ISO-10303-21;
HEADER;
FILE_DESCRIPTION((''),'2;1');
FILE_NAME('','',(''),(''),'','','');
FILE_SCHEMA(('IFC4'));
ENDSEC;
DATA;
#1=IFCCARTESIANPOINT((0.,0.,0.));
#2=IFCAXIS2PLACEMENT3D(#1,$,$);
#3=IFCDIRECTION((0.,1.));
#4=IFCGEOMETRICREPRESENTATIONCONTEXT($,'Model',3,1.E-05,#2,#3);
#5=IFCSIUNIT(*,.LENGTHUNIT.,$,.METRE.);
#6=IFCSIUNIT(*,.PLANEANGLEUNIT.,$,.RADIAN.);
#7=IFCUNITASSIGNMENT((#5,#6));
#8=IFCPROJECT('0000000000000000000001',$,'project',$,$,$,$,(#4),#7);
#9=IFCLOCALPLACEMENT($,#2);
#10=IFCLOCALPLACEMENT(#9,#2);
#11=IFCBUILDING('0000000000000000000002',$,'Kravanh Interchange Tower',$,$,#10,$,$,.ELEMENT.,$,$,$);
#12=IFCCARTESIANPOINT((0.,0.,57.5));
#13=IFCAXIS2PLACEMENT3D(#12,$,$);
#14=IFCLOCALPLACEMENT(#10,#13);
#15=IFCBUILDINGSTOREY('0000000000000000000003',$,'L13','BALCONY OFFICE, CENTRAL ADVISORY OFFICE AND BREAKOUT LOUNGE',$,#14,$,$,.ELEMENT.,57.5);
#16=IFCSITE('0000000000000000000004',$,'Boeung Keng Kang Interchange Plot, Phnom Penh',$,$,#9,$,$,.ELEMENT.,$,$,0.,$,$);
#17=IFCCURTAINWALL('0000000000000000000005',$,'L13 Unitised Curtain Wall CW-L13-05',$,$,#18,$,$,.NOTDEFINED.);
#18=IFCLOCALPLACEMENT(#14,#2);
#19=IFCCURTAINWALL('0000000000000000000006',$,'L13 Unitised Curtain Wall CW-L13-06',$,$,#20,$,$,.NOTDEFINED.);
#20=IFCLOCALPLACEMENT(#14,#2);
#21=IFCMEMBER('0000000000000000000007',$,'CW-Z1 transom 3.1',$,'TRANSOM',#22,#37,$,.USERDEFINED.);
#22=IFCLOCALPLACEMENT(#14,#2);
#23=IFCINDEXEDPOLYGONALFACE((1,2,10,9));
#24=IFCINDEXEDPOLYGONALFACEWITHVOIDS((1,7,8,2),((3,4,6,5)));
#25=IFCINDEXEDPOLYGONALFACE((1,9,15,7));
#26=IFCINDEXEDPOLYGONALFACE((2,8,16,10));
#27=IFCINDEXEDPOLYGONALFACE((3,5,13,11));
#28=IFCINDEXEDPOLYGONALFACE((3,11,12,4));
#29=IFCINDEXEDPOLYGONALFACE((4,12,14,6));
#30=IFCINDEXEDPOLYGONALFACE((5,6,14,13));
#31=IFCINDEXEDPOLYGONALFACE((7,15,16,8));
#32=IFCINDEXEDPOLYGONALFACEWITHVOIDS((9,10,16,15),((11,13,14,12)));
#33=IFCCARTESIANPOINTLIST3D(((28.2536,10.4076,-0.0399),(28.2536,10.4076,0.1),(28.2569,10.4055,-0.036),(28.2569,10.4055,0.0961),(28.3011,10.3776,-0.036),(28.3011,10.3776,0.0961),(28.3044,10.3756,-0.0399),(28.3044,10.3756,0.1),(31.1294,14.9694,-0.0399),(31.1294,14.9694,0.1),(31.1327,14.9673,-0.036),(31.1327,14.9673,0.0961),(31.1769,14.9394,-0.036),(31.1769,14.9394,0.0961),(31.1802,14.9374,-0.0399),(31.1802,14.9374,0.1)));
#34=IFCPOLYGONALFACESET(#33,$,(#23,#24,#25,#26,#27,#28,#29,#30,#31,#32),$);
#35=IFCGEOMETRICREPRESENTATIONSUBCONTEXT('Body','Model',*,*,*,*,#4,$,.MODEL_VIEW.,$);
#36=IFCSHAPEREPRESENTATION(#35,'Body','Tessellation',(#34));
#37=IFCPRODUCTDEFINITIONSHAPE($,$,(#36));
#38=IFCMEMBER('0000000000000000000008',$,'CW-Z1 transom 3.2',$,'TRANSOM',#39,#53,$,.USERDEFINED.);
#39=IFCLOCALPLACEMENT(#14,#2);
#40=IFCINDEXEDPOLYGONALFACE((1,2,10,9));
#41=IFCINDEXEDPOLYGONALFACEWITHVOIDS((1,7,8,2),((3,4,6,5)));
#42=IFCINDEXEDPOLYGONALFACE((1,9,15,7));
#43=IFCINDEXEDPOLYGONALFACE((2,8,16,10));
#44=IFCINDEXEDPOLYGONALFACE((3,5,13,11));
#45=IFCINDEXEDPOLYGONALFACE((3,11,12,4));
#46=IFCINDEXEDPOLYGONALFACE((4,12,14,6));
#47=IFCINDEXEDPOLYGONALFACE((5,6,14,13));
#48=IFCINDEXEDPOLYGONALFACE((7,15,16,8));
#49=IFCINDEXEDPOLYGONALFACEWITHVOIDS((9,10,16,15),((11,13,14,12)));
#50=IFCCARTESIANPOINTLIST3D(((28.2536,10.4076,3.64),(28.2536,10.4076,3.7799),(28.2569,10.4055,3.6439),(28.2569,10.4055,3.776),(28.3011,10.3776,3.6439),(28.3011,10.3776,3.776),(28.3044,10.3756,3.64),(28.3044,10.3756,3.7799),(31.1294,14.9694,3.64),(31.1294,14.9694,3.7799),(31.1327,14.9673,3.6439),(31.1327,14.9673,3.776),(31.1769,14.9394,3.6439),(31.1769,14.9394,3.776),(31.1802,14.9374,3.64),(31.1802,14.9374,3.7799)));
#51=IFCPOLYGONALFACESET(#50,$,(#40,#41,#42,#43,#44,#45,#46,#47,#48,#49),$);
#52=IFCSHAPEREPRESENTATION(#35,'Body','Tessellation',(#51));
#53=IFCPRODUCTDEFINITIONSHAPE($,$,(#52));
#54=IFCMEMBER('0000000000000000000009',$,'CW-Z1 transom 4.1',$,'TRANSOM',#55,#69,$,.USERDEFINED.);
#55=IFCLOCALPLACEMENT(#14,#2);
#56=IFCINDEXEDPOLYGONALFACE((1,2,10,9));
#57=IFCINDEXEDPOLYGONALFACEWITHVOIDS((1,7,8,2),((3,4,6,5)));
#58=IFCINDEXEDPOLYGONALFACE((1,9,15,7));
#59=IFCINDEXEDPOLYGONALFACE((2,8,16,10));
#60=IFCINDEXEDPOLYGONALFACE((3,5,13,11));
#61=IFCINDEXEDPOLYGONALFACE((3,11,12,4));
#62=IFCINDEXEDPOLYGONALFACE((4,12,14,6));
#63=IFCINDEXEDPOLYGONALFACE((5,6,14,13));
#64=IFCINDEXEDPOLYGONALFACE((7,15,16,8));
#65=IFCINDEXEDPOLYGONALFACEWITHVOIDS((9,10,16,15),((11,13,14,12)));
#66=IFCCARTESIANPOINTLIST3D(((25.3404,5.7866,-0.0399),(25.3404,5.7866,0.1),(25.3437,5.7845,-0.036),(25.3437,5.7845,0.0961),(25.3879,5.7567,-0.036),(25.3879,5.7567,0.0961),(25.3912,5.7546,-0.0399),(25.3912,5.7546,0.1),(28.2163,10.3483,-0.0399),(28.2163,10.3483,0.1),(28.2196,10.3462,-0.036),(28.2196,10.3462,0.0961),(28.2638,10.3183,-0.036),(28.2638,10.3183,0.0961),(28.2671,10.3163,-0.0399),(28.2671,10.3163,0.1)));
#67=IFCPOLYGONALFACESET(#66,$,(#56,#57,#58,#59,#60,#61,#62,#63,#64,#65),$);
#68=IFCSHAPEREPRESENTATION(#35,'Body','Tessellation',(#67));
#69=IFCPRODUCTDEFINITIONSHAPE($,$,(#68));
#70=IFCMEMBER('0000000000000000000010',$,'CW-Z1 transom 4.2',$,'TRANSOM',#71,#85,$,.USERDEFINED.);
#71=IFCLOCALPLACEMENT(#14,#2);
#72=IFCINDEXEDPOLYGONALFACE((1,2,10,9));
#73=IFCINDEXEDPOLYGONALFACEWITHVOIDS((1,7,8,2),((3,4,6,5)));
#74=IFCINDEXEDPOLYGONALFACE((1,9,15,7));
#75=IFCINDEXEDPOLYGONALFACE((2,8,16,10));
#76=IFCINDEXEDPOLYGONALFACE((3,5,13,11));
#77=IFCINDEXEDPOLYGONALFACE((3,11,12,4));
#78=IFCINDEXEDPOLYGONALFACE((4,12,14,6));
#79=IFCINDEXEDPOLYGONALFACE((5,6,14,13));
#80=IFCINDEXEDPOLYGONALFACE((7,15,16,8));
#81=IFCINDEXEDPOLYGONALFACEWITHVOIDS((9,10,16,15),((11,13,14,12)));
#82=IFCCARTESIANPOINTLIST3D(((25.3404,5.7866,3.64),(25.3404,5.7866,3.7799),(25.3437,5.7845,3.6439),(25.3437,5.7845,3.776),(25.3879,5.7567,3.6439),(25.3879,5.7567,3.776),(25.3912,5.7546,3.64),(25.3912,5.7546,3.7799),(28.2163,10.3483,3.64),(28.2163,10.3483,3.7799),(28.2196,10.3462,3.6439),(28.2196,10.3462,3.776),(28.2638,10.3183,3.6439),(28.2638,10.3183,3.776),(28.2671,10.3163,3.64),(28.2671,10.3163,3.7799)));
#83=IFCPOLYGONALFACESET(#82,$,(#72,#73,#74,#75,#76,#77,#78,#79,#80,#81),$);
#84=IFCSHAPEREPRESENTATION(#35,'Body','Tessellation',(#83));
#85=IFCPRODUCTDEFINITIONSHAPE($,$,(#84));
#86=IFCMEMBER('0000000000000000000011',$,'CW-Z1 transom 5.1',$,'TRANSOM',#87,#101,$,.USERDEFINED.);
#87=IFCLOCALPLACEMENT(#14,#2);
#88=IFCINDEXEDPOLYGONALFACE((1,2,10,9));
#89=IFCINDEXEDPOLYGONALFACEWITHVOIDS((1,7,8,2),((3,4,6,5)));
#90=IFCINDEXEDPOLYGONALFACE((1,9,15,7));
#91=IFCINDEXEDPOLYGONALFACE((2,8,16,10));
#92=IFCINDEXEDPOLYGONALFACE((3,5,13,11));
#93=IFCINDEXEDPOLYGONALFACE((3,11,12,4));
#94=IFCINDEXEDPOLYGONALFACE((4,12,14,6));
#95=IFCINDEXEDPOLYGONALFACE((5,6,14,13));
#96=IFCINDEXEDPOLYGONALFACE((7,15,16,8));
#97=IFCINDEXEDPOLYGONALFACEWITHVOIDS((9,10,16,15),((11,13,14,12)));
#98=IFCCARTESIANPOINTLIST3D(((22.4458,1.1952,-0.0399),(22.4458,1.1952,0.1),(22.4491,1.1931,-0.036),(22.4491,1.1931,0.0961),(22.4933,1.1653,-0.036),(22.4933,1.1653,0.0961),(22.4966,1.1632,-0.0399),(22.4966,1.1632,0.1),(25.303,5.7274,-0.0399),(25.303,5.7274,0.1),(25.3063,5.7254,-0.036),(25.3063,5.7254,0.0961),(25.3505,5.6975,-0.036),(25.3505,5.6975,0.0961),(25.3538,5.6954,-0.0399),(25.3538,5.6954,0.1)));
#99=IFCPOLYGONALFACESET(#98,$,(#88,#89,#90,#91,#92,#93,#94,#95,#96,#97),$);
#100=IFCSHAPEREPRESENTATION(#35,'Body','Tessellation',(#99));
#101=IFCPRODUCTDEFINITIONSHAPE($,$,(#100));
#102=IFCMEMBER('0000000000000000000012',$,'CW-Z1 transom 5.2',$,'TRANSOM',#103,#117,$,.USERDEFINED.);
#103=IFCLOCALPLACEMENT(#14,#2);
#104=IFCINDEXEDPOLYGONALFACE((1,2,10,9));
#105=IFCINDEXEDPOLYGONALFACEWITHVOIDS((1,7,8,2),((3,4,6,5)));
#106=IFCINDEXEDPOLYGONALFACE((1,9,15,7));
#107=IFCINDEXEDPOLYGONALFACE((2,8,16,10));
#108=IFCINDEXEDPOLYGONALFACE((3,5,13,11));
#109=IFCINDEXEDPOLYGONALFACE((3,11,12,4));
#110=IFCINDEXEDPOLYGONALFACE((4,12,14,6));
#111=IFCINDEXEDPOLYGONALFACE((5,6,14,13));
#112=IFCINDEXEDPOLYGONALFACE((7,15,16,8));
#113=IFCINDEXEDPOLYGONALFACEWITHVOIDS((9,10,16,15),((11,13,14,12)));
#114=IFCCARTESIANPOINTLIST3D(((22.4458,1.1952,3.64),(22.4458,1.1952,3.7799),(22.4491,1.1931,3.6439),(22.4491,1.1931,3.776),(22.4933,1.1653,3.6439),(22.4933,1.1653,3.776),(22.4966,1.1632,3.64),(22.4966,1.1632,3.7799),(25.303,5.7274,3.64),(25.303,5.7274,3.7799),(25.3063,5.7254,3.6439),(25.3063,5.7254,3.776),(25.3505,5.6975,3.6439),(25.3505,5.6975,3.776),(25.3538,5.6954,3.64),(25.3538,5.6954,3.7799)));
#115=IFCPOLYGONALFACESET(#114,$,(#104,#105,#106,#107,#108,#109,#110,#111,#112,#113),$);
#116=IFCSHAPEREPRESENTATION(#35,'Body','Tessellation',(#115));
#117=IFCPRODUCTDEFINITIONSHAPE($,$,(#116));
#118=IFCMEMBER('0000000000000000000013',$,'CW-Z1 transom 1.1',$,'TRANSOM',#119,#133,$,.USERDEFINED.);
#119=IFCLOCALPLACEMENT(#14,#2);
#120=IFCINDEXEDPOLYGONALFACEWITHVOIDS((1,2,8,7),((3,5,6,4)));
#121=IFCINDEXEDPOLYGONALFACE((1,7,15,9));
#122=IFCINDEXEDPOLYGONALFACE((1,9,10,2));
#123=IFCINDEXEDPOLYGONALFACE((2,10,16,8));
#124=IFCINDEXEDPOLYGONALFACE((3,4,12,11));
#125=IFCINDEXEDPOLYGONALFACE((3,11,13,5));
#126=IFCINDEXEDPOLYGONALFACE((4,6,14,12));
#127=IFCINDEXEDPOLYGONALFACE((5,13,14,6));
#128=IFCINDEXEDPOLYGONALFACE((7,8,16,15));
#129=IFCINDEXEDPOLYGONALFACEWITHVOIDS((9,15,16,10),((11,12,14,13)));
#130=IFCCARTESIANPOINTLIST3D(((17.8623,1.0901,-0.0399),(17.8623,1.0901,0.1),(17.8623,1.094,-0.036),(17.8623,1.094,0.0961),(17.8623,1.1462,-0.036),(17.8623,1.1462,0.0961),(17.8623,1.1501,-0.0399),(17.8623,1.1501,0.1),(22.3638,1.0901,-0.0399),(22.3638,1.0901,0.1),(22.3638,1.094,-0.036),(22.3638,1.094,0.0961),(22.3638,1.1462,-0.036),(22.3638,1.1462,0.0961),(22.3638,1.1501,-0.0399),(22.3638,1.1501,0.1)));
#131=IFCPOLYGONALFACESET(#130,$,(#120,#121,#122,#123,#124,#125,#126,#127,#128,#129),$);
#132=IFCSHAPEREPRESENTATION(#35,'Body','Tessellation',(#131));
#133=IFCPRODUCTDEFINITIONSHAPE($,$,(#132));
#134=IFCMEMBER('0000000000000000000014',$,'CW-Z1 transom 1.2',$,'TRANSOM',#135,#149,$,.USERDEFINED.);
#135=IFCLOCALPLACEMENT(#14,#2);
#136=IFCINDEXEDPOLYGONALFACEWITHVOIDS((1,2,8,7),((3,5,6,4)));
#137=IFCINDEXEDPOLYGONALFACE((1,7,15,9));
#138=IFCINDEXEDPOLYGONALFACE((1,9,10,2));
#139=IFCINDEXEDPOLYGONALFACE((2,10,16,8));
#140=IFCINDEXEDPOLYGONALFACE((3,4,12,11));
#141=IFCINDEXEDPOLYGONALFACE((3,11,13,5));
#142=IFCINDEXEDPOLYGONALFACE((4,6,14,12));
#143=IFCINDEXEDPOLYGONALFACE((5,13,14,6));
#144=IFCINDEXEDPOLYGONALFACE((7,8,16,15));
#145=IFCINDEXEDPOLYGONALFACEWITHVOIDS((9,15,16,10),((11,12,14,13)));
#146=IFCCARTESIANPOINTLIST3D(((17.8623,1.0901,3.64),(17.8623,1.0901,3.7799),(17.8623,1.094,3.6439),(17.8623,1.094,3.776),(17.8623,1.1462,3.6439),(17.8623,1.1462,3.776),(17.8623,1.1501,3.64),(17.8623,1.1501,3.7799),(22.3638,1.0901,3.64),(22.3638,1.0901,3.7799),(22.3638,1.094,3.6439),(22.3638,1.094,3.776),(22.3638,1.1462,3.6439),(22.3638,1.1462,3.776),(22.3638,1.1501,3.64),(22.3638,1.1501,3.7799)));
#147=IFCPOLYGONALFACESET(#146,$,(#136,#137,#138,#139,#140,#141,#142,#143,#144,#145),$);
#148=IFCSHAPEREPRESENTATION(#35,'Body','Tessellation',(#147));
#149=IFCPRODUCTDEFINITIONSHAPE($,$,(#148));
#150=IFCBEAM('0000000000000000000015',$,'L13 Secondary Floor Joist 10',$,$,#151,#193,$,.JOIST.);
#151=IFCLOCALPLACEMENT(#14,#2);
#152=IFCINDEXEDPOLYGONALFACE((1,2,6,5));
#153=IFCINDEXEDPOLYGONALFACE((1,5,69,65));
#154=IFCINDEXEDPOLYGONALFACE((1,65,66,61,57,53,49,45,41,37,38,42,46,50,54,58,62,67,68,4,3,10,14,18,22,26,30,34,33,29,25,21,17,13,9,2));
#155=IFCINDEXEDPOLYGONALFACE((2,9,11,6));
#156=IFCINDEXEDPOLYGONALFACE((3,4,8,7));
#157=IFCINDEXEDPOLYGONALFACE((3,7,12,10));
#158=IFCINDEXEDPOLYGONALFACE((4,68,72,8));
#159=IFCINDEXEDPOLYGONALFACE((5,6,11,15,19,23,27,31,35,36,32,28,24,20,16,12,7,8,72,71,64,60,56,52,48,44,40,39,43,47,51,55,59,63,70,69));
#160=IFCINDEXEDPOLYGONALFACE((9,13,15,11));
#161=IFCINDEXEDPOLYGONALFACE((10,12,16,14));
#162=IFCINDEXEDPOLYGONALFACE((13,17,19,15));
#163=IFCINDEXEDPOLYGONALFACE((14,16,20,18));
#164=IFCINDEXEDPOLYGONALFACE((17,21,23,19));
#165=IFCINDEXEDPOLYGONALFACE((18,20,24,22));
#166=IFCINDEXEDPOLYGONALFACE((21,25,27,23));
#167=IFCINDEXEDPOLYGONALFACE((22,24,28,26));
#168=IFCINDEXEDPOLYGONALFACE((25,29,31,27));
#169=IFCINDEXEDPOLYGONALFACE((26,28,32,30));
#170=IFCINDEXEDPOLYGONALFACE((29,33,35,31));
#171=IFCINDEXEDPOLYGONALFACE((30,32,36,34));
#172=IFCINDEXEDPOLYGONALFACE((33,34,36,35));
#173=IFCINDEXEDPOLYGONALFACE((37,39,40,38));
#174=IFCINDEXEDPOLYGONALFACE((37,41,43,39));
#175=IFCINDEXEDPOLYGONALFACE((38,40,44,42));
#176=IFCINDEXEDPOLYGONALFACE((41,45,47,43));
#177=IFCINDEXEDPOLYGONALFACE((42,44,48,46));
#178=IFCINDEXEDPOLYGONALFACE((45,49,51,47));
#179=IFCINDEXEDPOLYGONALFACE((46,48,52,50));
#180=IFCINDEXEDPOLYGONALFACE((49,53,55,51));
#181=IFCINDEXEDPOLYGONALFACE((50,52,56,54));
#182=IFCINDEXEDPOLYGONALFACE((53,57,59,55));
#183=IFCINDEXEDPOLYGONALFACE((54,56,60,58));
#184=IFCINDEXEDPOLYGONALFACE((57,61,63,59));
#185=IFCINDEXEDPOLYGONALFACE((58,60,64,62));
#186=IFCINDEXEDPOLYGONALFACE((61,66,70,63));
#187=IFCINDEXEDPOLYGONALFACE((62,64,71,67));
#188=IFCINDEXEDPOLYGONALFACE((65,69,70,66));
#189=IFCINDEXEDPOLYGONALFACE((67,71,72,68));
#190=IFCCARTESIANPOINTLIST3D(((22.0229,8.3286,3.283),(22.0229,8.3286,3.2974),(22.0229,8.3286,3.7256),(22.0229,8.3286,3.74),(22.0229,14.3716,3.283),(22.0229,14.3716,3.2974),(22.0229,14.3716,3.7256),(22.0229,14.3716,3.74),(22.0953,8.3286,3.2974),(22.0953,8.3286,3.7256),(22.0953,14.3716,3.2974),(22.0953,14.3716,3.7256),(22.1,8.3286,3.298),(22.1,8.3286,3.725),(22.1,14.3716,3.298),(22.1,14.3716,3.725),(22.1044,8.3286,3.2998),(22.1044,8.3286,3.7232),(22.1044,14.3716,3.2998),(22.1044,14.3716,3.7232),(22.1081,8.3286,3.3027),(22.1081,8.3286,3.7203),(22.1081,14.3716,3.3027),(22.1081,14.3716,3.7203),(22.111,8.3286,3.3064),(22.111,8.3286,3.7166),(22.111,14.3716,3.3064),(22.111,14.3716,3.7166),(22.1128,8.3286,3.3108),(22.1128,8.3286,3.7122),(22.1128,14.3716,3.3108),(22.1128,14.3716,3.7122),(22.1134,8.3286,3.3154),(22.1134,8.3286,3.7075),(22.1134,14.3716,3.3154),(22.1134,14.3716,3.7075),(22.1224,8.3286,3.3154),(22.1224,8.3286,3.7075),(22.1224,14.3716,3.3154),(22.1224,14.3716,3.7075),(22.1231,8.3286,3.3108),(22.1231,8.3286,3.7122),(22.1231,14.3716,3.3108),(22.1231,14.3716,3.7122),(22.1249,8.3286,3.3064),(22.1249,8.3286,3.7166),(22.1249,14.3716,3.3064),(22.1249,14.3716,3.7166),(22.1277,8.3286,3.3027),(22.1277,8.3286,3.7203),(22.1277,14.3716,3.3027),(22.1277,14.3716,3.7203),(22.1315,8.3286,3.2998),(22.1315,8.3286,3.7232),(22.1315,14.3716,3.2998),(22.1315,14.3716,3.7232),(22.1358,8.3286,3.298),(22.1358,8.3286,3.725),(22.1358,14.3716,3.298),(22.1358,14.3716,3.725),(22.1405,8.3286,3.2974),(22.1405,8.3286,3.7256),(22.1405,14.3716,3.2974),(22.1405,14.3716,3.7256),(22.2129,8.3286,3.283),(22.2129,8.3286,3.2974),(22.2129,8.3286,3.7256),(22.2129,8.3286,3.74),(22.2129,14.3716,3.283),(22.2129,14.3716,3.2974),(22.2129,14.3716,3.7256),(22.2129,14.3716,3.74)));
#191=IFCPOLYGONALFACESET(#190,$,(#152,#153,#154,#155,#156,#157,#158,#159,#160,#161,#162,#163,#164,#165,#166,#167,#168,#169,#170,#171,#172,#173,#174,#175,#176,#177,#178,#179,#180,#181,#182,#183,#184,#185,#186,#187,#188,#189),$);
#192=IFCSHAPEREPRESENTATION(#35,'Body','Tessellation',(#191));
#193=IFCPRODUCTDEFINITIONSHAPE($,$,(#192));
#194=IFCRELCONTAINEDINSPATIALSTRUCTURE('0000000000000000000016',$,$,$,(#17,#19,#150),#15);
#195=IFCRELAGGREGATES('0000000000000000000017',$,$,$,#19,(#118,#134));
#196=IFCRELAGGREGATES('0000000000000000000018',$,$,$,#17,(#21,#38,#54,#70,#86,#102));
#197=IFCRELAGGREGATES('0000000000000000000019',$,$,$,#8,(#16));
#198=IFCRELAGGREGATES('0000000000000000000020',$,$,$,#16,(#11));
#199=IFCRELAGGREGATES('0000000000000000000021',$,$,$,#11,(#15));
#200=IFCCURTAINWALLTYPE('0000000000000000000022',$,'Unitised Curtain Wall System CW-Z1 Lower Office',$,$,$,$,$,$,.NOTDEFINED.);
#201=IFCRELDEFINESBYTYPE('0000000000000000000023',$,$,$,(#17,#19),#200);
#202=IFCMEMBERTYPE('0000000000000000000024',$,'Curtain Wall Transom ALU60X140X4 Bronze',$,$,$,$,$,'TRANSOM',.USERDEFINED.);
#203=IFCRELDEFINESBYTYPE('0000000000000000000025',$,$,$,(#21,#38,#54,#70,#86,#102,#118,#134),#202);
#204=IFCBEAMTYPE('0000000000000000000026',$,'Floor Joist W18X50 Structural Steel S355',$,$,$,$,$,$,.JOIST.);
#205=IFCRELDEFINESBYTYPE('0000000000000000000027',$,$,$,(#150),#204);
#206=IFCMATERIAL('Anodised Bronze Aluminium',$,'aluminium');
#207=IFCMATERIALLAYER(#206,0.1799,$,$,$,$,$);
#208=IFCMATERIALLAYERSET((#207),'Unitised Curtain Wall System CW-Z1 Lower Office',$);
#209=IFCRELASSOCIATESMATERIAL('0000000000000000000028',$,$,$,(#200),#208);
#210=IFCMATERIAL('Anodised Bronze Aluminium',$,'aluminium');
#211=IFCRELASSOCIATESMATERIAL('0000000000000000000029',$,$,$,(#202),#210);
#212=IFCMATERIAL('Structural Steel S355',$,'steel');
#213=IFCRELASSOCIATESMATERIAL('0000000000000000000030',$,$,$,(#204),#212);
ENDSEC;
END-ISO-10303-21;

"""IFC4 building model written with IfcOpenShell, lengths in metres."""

from ifc_helpers import new_model, si_unit, direction, frame, origin, origin_2d, place, context, subcontext, project, spatial, hollow_rectangle, i_section, extrude, material, layer, layer_set, material_profile, profile_set, type_object, element, aggregate, save


model = new_model("IFC4")

# Units and contexts
model_context = context("Model", 3, precision=1e-05, world=origin(), true_north=direction((0.0, 1.0)))
body_context = subcontext(model_context, "Body", "Model", "MODEL_VIEW")
ifc_project = project(units=[si_unit("LENGTHUNIT", "METRE"), si_unit("PLANEANGLEUNIT", "RADIAN")], contexts=[model_context])

# Site, building, storey
site_placement = place(None, origin())
site = spatial("IfcSite", under=ifc_project, at=site_placement, Name="Boeung Keng Kang Interchange Plot, Phnom Penh", CompositionType="ELEMENT", RefElevation=0.0)
building_placement = place(site_placement, origin())
building = spatial("IfcBuilding", under=site, at=building_placement, Name="Kravanh Interchange Tower", CompositionType="ELEMENT")
storey_placement = place(building_placement, frame((0.0, 0.0, 57.5)))
storey = spatial("IfcBuildingStorey", under=building, at=storey_placement, Name="L13", Description="BALCONY OFFICE, CENTRAL ADVISORY OFFICE AND BREAKOUT LOUNGE", CompositionType="ELEMENT", Elevation=57.5)

# Curtain wall
ifc_material_1 = material(Name="Anodised Bronze Aluminium", Category="aluminium")
ifc_layer_1 = layer(ifc_material_1, 0.1799)
ifc_layer_set_1 = layer_set([ifc_layer_1], Name="Unitised Curtain Wall System CW-Z1 Lower Office")
curtain_wall_type = type_object("IfcCurtainWallType", Name="Unitised Curtain Wall System CW-Z1 Lower Office", PredefinedType="NOTDEFINED", material=ifc_layer_set_1)
curtain_wall_1_placement = place(storey_placement, origin())
curtain_wall_1 = element("IfcCurtainWall", 1, at=curtain_wall_1_placement, inside=storey, type_object=curtain_wall_type, Name="L13 Unitised Curtain Wall CW-L13-05", PredefinedType="NOTDEFINED")

# Curtain wall
curtain_wall_2_placement = place(storey_placement, origin())
curtain_wall_2 = element("IfcCurtainWall", 2, at=curtain_wall_2_placement, inside=storey, type_object=curtain_wall_type, Name="L13 Unitised Curtain Wall CW-L13-06", PredefinedType="NOTDEFINED")

# Members
ifc_material_2 = material(Name="Anodised Bronze Aluminium", Category="aluminium")
ifc_material_profile_1 = material_profile(ifc_material_2, hollow_rectangle(XDim=0.0601, YDim=0.1399, WallThickness=0.0039, at=origin_2d()), Name="ALU60X140X4")
ifc_profile_set_1 = profile_set([ifc_material_profile_1], Name="Anodised Bronze Aluminium")
member_type_1 = type_object("IfcMemberType", Name="Curtain Wall Transom ALU60X140X4 Bronze", ElementType="TRANSOM", PredefinedType="USERDEFINED", material=ifc_profile_set_1)
member_1_placement = place(storey_placement, frame((31.1548, 14.9534, 0.03), z_axis=(-0.533279, -0.845939, 0.0), x_axis=(0.845939, -0.533279, 0.0)))
member_1 = element("IfcMember", 3, at=member_1_placement, type_object=member_type_1, Name="CW-Z1 transom 3.1", ObjectType="TRANSOM", PredefinedType="USERDEFINED", context=body_context, shape_type="SweptSolid", body=[
    extrude(hollow_rectangle(XDim=0.0601, YDim=0.1399, WallThickness=0.0039, at=origin_2d()), origin(), (0.0, 0.0, 1.0), 5.3926),
])
member_2_placement = place(storey_placement, frame((31.1548, 14.9534, 3.71), z_axis=(-0.533279, -0.845939, 0.0), x_axis=(0.845939, -0.533279, 0.0)))
member_2 = element("IfcMember", 4, at=member_2_placement, type_object=member_type_1, Name="CW-Z1 transom 3.2", ObjectType="TRANSOM", PredefinedType="USERDEFINED", context=body_context, shape_type="SweptSolid", body=[
    extrude(hollow_rectangle(XDim=0.0601, YDim=0.1399, WallThickness=0.0039, at=origin_2d()), origin(), (0.0, 0.0, 1.0), 5.3926),
])
member_3_placement = place(storey_placement, frame((28.2417, 10.3323, 0.03), z_axis=(-0.533311, -0.845919, 0.0), x_axis=(0.845919, -0.533311, 0.0)))
member_3 = element("IfcMember", 5, at=member_3_placement, type_object=member_type_1, Name="CW-Z1 transom 4.1", ObjectType="TRANSOM", PredefinedType="USERDEFINED", context=body_context, shape_type="SweptSolid", body=[
    extrude(hollow_rectangle(XDim=0.0601, YDim=0.1399, WallThickness=0.0039, at=origin_2d()), origin(), (0.0, 0.0, 1.0), 5.3926),
])
member_4_placement = place(storey_placement, frame((28.2417, 10.3323, 3.71), z_axis=(-0.533311, -0.845919, 0.0), x_axis=(0.845919, -0.533311, 0.0)))
member_4 = element("IfcMember", 6, at=member_4_placement, type_object=member_type_1, Name="CW-Z1 transom 4.2", ObjectType="TRANSOM", PredefinedType="USERDEFINED", context=body_context, shape_type="SweptSolid", body=[
    extrude(hollow_rectangle(XDim=0.0601, YDim=0.1399, WallThickness=0.0039, at=origin_2d()), origin(), (0.0, 0.0, 1.0), 5.3926),
])
member_5_placement = place(storey_placement, frame((25.3284, 5.7114, 0.03), z_axis=(-0.533288, -0.845934, 0.0), x_axis=(0.845934, -0.533288, 0.0)))
member_5 = element("IfcMember", 7, at=member_5_placement, type_object=member_type_1, Name="CW-Z1 transom 5.1", ObjectType="TRANSOM", PredefinedType="USERDEFINED", context=body_context, shape_type="SweptSolid", body=[
    extrude(hollow_rectangle(XDim=0.0601, YDim=0.1399, WallThickness=0.0039, at=origin_2d()), origin(), (0.0, 0.0, 1.0), 5.3577),
])
member_6_placement = place(storey_placement, frame((25.3284, 5.7114, 3.71), z_axis=(-0.533288, -0.845934, 0.0), x_axis=(0.845934, -0.533288, 0.0)))
member_6 = element("IfcMember", 8, at=member_6_placement, type_object=member_type_1, Name="CW-Z1 transom 5.2", ObjectType="TRANSOM", PredefinedType="USERDEFINED", context=body_context, shape_type="SweptSolid", body=[
    extrude(hollow_rectangle(XDim=0.0601, YDim=0.1399, WallThickness=0.0039, at=origin_2d()), origin(), (0.0, 0.0, 1.0), 5.3577),
])
member_7_placement = place(storey_placement, frame((22.3638, 1.1201, 0.03), z_axis=(-1.0, 0.0, 0.0), x_axis=(0.0, -1.0, 0.0)))
member_7 = element("IfcMember", 9, at=member_7_placement, type_object=member_type_1, Name="CW-Z1 transom 1.1", ObjectType="TRANSOM", PredefinedType="USERDEFINED", context=body_context, shape_type="SweptSolid", body=[
    extrude(hollow_rectangle(XDim=0.0601, YDim=0.1399, WallThickness=0.0039, at=origin_2d()), origin(), (0.0, 0.0, 1.0), 4.5015),
])
member_8_placement = place(storey_placement, frame((22.3638, 1.1201, 3.71), z_axis=(-1.0, 0.0, 0.0), x_axis=(0.0, -1.0, 0.0)))
member_8 = element("IfcMember", 10, at=member_8_placement, type_object=member_type_1, Name="CW-Z1 transom 1.2", ObjectType="TRANSOM", PredefinedType="USERDEFINED", context=body_context, shape_type="SweptSolid", body=[
    extrude(hollow_rectangle(XDim=0.0601, YDim=0.1399, WallThickness=0.0039, at=origin_2d()), origin(), (0.0, 0.0, 1.0), 4.5015),
])
aggregate(curtain_wall_2, [member_7, member_8])

# Beam
ifc_material_3 = material(Name="Structural Steel S355", Category="steel")
ifc_material_profile_2 = material_profile(ifc_material_3, i_section(OverallWidth=0.1899, OverallDepth=0.457, WebThickness=0.009, FlangeThickness=0.0144, FilletRadius=0.0181, at=origin_2d()), Name="W18X50")
ifc_profile_set_2 = profile_set([ifc_material_profile_2], Name="Structural Steel S355")
beam_type_1 = type_object("IfcBeamType", Name="Floor Joist W18X50 Structural Steel S355", PredefinedType="JOIST", material=ifc_profile_set_2)
beam_1_placement = place(storey_placement, frame((22.1179, 8.3286, 3.5115), z_axis=(0.0, 1.0, 0.0), x_axis=(-1.0, 0.0, 0.0)))
element("IfcBeam", 11, at=beam_1_placement, inside=storey, type_object=beam_type_1, Name="L13 Secondary Floor Joist 10", PredefinedType="JOIST", context=body_context, shape_type="SweptSolid", body=[
    extrude(i_section(OverallWidth=0.1899, OverallDepth=0.457, WebThickness=0.009, FlangeThickness=0.0144, FilletRadius=0.0181, at=origin_2d()), origin(), (0.0, 0.0, 1.0), 6.043),
])

aggregate(curtain_wall_1, [member_1, member_2, member_3, member_4, member_5, member_6])

save(model, "model.ifc")
